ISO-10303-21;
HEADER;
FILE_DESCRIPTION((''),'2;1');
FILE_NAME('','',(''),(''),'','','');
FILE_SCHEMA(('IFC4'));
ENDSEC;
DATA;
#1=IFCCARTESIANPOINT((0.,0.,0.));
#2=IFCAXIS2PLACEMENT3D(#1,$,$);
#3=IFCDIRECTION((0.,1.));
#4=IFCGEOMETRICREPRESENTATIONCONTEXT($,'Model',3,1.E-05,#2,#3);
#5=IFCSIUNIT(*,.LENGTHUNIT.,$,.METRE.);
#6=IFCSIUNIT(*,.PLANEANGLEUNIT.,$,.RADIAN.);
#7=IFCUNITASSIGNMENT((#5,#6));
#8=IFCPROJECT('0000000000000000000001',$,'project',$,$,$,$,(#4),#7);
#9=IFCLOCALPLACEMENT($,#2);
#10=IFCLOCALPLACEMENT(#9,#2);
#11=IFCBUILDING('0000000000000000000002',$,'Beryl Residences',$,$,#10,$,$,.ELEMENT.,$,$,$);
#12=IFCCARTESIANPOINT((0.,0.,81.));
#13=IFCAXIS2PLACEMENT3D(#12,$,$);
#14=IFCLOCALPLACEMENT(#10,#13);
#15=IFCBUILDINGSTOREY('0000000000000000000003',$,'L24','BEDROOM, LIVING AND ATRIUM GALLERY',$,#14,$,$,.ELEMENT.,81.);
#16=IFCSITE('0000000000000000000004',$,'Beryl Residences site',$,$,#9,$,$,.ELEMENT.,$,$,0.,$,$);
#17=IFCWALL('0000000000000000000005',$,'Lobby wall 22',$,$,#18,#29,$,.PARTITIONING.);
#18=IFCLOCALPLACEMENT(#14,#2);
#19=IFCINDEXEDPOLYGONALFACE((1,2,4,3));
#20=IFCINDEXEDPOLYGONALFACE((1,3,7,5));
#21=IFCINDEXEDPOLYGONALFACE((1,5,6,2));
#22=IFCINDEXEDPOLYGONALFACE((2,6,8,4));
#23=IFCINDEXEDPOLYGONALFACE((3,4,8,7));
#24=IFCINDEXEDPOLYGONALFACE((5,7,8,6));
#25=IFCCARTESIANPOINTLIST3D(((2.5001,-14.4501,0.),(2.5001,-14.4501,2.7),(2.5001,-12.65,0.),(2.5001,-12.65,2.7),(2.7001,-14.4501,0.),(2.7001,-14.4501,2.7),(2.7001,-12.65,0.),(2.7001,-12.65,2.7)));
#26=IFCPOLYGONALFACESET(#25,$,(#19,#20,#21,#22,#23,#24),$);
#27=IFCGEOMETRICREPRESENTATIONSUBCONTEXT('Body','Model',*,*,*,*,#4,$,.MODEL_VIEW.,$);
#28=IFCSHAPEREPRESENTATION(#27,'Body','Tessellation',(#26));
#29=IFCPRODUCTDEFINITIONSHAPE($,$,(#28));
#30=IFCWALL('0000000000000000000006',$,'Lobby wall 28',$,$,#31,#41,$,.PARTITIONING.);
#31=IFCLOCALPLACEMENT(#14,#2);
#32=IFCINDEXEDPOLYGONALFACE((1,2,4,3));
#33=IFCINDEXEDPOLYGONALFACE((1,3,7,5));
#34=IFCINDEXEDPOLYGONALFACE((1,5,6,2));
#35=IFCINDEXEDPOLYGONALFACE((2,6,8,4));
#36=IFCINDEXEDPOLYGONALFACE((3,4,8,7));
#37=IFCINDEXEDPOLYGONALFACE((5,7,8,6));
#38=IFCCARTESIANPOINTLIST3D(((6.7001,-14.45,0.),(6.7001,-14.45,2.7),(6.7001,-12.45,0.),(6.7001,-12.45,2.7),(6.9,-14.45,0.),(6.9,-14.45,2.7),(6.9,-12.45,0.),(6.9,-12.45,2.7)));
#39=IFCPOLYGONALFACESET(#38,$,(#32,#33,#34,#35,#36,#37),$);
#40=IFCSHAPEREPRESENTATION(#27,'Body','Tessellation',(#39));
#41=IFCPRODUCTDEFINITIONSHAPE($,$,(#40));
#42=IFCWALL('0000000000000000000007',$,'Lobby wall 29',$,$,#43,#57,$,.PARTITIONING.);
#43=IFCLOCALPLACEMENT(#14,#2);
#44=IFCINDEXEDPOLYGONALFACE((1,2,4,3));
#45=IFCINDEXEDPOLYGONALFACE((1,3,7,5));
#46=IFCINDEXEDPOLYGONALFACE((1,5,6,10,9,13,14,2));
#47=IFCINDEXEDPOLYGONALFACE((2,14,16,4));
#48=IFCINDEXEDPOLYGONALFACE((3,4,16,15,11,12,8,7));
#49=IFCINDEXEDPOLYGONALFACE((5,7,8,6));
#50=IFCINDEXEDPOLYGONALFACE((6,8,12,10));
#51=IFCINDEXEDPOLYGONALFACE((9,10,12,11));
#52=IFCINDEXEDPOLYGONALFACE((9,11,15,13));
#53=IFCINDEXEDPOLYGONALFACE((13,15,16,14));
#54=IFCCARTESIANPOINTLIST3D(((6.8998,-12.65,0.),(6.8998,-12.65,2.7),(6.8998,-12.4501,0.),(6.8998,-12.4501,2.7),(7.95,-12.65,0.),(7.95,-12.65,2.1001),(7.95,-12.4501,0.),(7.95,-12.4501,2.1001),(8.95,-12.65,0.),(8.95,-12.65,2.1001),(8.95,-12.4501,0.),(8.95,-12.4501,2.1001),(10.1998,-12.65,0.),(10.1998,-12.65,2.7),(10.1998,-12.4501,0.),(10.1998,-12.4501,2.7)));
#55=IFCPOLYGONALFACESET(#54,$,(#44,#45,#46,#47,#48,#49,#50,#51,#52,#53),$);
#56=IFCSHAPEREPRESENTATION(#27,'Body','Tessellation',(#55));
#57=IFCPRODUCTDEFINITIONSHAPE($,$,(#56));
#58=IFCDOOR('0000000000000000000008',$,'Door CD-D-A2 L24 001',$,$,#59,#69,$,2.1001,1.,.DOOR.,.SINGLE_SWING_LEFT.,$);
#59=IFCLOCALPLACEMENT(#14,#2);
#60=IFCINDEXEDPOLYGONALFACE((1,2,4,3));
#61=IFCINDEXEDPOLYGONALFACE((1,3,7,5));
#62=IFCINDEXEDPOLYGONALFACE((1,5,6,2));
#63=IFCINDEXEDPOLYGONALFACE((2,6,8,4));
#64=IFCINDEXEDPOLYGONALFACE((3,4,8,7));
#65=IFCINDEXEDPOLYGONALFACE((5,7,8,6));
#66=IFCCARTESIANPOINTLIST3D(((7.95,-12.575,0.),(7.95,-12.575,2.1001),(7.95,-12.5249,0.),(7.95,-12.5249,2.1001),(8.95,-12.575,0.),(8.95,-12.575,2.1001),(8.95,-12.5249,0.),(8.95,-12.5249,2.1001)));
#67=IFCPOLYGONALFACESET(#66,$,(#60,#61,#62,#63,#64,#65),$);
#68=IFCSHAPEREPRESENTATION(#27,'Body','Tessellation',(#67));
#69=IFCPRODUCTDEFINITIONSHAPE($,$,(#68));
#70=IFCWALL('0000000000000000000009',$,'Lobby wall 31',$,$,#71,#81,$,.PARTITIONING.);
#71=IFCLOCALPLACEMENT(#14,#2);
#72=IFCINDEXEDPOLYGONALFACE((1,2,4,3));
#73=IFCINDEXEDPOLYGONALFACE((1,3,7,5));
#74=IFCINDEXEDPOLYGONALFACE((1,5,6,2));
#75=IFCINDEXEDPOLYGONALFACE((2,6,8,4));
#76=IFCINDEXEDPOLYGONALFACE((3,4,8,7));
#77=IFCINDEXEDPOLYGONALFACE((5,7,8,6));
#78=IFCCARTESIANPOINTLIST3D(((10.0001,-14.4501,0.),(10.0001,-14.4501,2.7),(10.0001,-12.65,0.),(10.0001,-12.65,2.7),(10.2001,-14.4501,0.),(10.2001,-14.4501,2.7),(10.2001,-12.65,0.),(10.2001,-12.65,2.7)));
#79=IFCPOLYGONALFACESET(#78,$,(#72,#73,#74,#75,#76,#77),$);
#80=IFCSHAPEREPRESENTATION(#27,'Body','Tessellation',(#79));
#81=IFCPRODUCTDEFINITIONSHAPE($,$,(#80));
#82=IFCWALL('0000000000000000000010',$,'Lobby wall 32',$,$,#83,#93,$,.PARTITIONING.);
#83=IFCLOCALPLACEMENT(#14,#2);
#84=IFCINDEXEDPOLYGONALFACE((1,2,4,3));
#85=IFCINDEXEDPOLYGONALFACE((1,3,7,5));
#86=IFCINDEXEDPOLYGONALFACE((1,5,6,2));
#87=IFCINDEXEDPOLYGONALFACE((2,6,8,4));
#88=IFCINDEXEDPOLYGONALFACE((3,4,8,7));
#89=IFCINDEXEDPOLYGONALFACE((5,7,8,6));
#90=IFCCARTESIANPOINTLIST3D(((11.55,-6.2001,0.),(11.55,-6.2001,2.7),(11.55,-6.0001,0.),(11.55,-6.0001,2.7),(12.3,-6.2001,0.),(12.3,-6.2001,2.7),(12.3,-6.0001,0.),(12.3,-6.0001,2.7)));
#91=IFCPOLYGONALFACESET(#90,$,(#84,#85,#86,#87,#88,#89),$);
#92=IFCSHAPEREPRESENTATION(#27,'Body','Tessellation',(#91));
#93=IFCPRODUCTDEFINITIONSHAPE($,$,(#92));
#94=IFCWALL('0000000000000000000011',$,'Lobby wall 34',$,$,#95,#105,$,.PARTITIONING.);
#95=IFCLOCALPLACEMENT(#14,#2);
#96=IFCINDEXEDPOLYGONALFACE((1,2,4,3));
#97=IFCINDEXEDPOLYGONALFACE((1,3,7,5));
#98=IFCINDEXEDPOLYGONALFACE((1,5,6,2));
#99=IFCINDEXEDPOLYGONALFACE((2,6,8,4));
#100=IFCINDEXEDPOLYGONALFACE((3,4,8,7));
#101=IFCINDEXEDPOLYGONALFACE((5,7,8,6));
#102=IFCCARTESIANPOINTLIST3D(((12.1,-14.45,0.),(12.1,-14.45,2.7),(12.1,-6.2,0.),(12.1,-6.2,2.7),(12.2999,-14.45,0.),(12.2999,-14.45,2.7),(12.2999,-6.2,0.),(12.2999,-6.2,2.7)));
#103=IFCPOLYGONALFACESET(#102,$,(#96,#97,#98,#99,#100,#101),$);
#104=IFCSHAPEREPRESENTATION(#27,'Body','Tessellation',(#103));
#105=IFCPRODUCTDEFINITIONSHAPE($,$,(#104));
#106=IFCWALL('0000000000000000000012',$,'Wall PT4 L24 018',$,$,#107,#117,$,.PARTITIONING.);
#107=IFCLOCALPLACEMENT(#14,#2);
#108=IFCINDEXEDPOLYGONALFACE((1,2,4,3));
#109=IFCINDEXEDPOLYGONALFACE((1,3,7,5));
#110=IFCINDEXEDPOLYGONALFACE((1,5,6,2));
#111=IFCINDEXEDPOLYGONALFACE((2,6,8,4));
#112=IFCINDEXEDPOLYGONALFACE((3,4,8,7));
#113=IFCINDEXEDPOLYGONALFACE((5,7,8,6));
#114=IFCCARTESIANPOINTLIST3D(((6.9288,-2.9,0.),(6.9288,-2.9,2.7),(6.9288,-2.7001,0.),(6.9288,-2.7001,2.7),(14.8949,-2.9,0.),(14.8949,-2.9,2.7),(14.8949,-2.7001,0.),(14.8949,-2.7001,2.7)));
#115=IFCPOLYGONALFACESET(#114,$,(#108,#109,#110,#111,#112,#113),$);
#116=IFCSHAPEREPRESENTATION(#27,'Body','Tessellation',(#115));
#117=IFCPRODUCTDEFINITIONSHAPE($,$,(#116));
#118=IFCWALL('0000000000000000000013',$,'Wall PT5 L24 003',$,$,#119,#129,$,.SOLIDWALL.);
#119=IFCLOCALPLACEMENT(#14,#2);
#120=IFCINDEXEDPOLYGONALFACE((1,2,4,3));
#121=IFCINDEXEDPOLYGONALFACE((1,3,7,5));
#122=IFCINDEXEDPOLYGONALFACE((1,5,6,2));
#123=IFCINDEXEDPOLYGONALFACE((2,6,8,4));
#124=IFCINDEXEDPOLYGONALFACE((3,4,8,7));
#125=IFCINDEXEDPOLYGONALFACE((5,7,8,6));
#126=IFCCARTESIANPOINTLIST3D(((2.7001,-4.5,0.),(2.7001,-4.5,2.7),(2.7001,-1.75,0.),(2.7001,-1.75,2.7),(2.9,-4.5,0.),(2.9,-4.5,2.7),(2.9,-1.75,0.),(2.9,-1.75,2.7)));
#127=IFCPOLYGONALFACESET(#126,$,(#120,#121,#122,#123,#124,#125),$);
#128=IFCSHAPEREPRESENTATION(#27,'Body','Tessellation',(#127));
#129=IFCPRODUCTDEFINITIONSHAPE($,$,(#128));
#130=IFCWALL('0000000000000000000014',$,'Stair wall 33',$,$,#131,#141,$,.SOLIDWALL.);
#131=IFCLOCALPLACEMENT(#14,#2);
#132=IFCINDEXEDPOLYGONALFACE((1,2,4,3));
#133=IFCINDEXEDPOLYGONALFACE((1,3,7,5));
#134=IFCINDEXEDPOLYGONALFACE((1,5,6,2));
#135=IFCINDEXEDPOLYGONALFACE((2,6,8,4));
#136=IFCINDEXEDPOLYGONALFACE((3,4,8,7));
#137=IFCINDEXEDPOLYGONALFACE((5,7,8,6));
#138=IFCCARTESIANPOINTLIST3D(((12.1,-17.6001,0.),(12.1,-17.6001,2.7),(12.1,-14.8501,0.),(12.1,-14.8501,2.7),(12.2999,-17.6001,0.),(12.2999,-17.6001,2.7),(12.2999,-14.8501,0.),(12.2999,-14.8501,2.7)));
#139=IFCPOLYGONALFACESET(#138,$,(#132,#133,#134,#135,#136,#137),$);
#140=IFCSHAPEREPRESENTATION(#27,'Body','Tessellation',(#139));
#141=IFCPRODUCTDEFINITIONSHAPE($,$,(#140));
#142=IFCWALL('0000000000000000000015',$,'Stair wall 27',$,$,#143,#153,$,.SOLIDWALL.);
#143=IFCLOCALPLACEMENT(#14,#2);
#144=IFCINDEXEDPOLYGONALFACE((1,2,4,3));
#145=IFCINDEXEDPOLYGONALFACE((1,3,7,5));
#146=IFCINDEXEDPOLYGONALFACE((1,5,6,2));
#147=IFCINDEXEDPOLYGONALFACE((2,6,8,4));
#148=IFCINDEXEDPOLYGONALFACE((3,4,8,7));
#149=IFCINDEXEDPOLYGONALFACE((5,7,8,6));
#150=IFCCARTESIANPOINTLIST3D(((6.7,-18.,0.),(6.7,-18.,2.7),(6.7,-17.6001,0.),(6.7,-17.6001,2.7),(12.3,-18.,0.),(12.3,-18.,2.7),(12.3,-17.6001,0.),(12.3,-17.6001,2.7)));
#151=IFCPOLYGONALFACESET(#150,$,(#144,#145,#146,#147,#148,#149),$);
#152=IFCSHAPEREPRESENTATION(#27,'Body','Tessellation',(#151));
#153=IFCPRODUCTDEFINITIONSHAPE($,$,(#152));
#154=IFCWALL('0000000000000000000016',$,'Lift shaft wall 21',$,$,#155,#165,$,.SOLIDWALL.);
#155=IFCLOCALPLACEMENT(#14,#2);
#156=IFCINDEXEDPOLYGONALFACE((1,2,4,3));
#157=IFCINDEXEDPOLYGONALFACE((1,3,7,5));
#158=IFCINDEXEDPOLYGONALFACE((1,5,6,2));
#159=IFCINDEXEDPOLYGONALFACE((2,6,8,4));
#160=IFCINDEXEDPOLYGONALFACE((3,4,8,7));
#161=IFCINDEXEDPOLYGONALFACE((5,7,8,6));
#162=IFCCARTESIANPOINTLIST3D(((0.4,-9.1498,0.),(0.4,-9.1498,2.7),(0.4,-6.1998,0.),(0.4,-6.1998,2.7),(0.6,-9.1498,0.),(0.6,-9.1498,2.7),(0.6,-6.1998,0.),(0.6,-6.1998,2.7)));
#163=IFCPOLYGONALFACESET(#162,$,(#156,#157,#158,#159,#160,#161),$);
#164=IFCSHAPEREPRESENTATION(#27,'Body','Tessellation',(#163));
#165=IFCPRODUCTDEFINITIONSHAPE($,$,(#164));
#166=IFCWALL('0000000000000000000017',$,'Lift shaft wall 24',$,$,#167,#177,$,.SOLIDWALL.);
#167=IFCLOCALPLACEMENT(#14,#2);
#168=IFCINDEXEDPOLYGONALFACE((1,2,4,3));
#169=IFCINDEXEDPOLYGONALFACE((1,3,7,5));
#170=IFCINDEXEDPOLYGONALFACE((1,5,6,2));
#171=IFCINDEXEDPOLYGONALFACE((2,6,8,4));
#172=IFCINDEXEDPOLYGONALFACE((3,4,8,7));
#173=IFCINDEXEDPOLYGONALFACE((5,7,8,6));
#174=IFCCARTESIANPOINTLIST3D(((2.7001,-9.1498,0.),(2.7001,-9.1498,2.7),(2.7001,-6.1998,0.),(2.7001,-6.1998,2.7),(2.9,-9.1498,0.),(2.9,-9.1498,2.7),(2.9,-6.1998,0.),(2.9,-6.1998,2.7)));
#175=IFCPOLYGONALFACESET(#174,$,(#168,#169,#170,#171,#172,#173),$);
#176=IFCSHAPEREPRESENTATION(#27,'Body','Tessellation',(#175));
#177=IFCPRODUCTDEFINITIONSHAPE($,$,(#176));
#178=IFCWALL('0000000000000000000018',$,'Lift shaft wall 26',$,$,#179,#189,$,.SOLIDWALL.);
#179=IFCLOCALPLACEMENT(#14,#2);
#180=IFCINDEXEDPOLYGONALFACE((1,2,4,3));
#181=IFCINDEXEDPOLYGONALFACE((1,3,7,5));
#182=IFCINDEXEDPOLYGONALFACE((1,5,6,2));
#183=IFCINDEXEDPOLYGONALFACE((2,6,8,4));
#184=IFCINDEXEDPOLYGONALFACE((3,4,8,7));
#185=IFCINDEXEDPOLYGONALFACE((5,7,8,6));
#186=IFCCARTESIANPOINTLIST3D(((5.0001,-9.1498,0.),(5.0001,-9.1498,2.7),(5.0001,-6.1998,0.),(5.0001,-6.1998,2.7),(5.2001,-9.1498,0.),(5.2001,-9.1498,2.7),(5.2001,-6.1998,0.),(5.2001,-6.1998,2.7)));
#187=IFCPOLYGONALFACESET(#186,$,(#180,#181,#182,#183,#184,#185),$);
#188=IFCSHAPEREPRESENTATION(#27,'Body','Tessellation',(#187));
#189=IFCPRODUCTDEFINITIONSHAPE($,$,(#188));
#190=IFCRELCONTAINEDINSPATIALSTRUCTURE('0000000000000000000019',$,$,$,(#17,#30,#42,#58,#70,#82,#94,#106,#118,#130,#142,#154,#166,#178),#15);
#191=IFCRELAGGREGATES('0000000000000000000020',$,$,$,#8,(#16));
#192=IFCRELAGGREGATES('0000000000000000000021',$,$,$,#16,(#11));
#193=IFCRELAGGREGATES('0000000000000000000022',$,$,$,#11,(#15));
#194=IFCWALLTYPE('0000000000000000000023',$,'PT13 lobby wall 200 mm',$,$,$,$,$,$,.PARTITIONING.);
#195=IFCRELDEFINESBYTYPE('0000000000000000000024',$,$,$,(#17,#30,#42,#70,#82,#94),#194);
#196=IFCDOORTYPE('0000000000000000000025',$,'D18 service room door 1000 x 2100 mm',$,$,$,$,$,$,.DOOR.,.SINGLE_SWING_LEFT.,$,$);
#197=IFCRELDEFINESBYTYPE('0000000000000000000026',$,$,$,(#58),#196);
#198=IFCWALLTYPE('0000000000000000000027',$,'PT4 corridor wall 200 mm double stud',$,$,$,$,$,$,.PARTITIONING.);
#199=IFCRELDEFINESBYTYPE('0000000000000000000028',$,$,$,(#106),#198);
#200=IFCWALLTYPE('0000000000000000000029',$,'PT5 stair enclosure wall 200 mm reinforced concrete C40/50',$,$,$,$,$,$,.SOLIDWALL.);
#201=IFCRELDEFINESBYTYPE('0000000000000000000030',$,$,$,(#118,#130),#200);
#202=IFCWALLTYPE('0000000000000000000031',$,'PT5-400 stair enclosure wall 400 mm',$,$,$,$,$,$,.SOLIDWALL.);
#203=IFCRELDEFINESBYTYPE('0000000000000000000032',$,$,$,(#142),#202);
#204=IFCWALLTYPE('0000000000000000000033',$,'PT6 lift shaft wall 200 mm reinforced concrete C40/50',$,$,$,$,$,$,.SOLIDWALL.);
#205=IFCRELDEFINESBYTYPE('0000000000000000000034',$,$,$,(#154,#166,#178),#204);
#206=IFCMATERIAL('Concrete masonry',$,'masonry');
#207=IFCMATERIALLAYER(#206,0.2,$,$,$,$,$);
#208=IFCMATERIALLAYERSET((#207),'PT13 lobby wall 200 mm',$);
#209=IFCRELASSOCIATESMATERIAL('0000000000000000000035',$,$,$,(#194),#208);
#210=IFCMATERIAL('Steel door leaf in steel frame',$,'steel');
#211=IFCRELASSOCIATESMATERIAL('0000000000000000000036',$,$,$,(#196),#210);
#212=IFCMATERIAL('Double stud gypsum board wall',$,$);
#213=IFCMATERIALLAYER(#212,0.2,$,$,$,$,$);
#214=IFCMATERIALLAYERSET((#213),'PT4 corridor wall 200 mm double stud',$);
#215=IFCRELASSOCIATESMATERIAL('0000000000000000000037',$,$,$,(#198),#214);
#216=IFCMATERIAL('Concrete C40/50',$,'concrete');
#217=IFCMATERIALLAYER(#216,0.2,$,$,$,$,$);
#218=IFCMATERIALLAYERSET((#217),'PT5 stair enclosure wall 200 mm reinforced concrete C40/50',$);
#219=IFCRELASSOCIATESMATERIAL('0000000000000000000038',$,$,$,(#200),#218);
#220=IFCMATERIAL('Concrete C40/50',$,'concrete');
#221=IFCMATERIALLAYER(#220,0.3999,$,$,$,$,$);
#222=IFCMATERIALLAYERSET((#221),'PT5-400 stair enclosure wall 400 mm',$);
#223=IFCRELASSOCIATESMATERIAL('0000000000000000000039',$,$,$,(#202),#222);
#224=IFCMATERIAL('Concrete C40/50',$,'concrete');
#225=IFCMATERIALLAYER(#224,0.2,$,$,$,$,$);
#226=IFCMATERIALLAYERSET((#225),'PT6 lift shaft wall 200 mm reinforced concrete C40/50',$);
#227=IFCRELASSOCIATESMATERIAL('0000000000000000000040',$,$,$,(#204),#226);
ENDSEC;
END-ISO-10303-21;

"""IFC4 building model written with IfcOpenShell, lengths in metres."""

from ifc_helpers import new_model, si_unit, direction, frame, frame_2d, origin, place, context, subcontext, project, spatial, rectangle, extrude, material, layer, layer_set, type_object, element, fill, save


model = new_model("IFC4")

# Units and contexts
model_context = context("Model", 3, precision=1e-05, world=origin(), true_north=direction((0.0, 1.0)))
body_context = subcontext(model_context, "Body", "Model", "MODEL_VIEW")
ifc_project = project(units=[si_unit("LENGTHUNIT", "METRE"), si_unit("PLANEANGLEUNIT", "RADIAN")], contexts=[model_context])

# Site, building, storey
site_placement = place(None, origin())
site = spatial("IfcSite", under=ifc_project, at=site_placement, Name="Beryl Residences site", CompositionType="ELEMENT", RefElevation=0.0)
building_placement = place(site_placement, origin())
building = spatial("IfcBuilding", under=site, at=building_placement, Name="Beryl Residences", CompositionType="ELEMENT")
storey_placement = place(building_placement, frame((0.0, 0.0, 81.0)))
storey = spatial("IfcBuildingStorey", under=building, at=storey_placement, Name="L24", Description="BEDROOM, LIVING AND ATRIUM GALLERY", CompositionType="ELEMENT", Elevation=81.0)

# Walls
ifc_material_1 = material(Name="Concrete masonry", Category="masonry")
ifc_layer_1 = layer(ifc_material_1, 0.2)
ifc_layer_set_1 = layer_set([ifc_layer_1], Name="PT13 lobby wall 200 mm")
wall_type_1 = type_object("IfcWallType", Name="PT13 lobby wall 200 mm", PredefinedType="PARTITIONING", material=ifc_layer_set_1)
wall_1_placement = place(storey_placement, frame((2.6001, -14.45, 0.0), z_axis=(0.0, 0.0, 1.0), x_axis=(0.0, 1.0, 0.0)))
element("IfcWall", 1, at=wall_1_placement, inside=storey, type_object=wall_type_1, Name="Lobby wall 22", PredefinedType="PARTITIONING", context=body_context, shape_type="SweptSolid", body=[
    extrude(rectangle(XDim=1.8, YDim=0.2, at=frame_2d((0.8999, 0.0))), origin(), (0.0, 0.0, 1.0), 2.7),
])
wall_2_placement = place(storey_placement, frame((6.8, -14.45, 0.0), z_axis=(0.0, 0.0, 1.0), x_axis=(0.0, 1.0, 0.0)))
element("IfcWall", 2, at=wall_2_placement, inside=storey, type_object=wall_type_1, Name="Lobby wall 28", PredefinedType="PARTITIONING", context=body_context, shape_type="SweptSolid", body=[
    extrude(rectangle(XDim=2.0, YDim=0.2, at=frame_2d((1.0, 0.0))), origin(), (0.0, 0.0, 1.0), 2.7),
])

# Wall, opening, door
wall_3_placement = place(storey_placement, frame((6.8999, -12.55, 0.0), z_axis=(0.0, 0.0, 1.0), x_axis=(1.0, 0.0, 0.0)))
wall_3 = element("IfcWall", 3, at=wall_3_placement, inside=storey, type_object=wall_type_1, Name="Lobby wall 29", PredefinedType="PARTITIONING", context=body_context, shape_type="SweptSolid", body=[
    extrude(rectangle(XDim=3.3, YDim=0.2, at=frame_2d((1.6499, 0.0))), origin(), (0.0, 0.0, 1.0), 2.7),
])
opening_placement = place(wall_3_placement, frame((2.05, 0.0, 0.0), z_axis=(0.0, 0.0, 1.0), x_axis=(-1.0, 0.0, 0.0)))
opening = element("IfcOpeningElement", 4, at=opening_placement, cuts=wall_3, PredefinedType="OPENING", context=body_context, shape_type="SweptSolid", body=[
    extrude(rectangle(XDim=1.0, YDim=2.1001, at=frame_2d((0.5, 1.05))), frame((0.0, 0.1099, 0.0), z_axis=(0.0, -1.0, 0.0), x_axis=(1.0, 0.0, 0.0)), (0.0, 0.0, 1.0), 0.22),
])
ifc_material_2 = material(Name="Steel door leaf in steel frame", Category="steel")
door_type = type_object("IfcDoorType", Name="D18 service room door 1000 x 2100 mm", OperationType="SINGLE_SWING_LEFT", PredefinedType="DOOR", material=ifc_material_2)
door_placement = place(opening_placement, origin())
door = element("IfcDoor", 5, at=door_placement, inside=storey, type_object=door_type, Name="Door CD-D-A2 L24 001", OperationType="SINGLE_SWING_LEFT", OverallHeight=2.1001, OverallWidth=1.0, PredefinedType="DOOR", context=body_context, shape_type="SweptSolid", body=[
    extrude(rectangle(XDim=1.0, YDim=2.1001, at=frame_2d((0.5, 1.05))), frame((0.0, 0.0249, 0.0), z_axis=(0.0, -1.0, 0.0), x_axis=(1.0, 0.0, 0.0)), (0.0, 0.0, 1.0), 0.05),
])
fill(opening, door)

# Walls
wall_4_placement = place(storey_placement, frame((10.1001, -14.45, 0.0), z_axis=(0.0, 0.0, 1.0), x_axis=(0.0, 1.0, 0.0)))
element("IfcWall", 6, at=wall_4_placement, inside=storey, type_object=wall_type_1, Name="Lobby wall 31", PredefinedType="PARTITIONING", context=body_context, shape_type="SweptSolid", body=[
    extrude(rectangle(XDim=1.8, YDim=0.2, at=frame_2d((0.8999, 0.0))), origin(), (0.0, 0.0, 1.0), 2.7),
])
wall_5_placement = place(storey_placement, frame((11.55, -6.1001, 0.0), z_axis=(0.0, 0.0, 1.0), x_axis=(1.0, 0.0, 0.0)))
element("IfcWall", 7, at=wall_5_placement, inside=storey, type_object=wall_type_1, Name="Lobby wall 32", PredefinedType="PARTITIONING", context=body_context, shape_type="SweptSolid", body=[
    extrude(rectangle(XDim=0.75, YDim=0.2, at=frame_2d((0.375, 0.0))), origin(), (0.0, 0.0, 1.0), 2.7),
])
wall_6_placement = place(storey_placement, frame((12.2, -14.45, 0.0), z_axis=(0.0, 0.0, 1.0), x_axis=(0.0, 1.0, 0.0)))
element("IfcWall", 8, at=wall_6_placement, inside=storey, type_object=wall_type_1, Name="Lobby wall 34", PredefinedType="PARTITIONING", context=body_context, shape_type="SweptSolid", body=[
    extrude(rectangle(XDim=8.25, YDim=0.2, at=frame_2d((4.125, 0.0))), origin(), (0.0, 0.0, 1.0), 2.7),
])
ifc_material_3 = material(Name="Double stud gypsum board wall")
ifc_layer_2 = layer(ifc_material_3, 0.2)
ifc_layer_set_2 = layer_set([ifc_layer_2], Name="PT4 corridor wall 200 mm double stud")
wall_type_2 = type_object("IfcWallType", Name="PT4 corridor wall 200 mm double stud", PredefinedType="PARTITIONING", material=ifc_layer_set_2)
wall_7_placement = place(storey_placement, frame((6.929, -2.8, 0.0), z_axis=(0.0, 0.0, 1.0), x_axis=(1.0, 0.0, 0.0)))
element("IfcWall", 9, at=wall_7_placement, inside=storey, type_object=wall_type_2, Name="Wall PT4 L24 018", PredefinedType="PARTITIONING", context=body_context, shape_type="SweptSolid", body=[
    extrude(rectangle(XDim=7.9661, YDim=0.2, at=frame_2d((3.9829, 0.0))), origin(), (0.0, 0.0, 1.0), 2.7),
])
ifc_material_4 = material(Name="Concrete C40/50", Category="concrete")
ifc_layer_3 = layer(ifc_material_4, 0.2)
ifc_layer_set_3 = layer_set([ifc_layer_3], Name="PT5 stair enclosure wall 200 mm reinforced concrete C40/50")
wall_type_3 = type_object("IfcWallType", Name="PT5 stair enclosure wall 200 mm reinforced concrete C40/50", PredefinedType="SOLIDWALL", material=ifc_layer_set_3)
for number, where, z_axis, x_axis, name in (
    (10, (2.8, -4.5, 0.0), (0.0, 0.0, 1.0), (0.0, 1.0, 0.0), "Wall PT5 L24 003"),
    (11, (12.2, -17.6001, 0.0), (0.0, 0.0, 1.0), (0.0, 1.0, 0.0), "Stair wall 33"),
):
    element("IfcWall", number, at=place(storey_placement, frame(where, z_axis=z_axis, x_axis=x_axis)), inside=storey, type_object=wall_type_3, Name=name, PredefinedType="SOLIDWALL", context=body_context, shape_type="SweptSolid", body=[
        extrude(rectangle(XDim=2.75, YDim=0.2, at=frame_2d((1.375, 0.0))), origin(), (0.0, 0.0, 1.0), 2.7),
    ])
ifc_material_5 = material(Name="Concrete C40/50", Category="concrete")
ifc_layer_4 = layer(ifc_material_5, 0.3999)
ifc_layer_set_4 = layer_set([ifc_layer_4], Name="PT5-400 stair enclosure wall 400 mm")
wall_type_4 = type_object("IfcWallType", Name="PT5-400 stair enclosure wall 400 mm", PredefinedType="SOLIDWALL", material=ifc_layer_set_4)
wall_8_placement = place(storey_placement, frame((6.7, -17.8, 0.0), z_axis=(0.0, 0.0, 1.0), x_axis=(1.0, 0.0, 0.0)))
element("IfcWall", 12, at=wall_8_placement, inside=storey, type_object=wall_type_4, Name="Stair wall 27", PredefinedType="SOLIDWALL", context=body_context, shape_type="SweptSolid", body=[
    extrude(rectangle(XDim=5.6001, YDim=0.3999, at=frame_2d((2.8, 0.0))), origin(), (0.0, 0.0, 1.0), 2.7),
])
ifc_material_6 = material(Name="Concrete C40/50", Category="concrete")
ifc_layer_5 = layer(ifc_material_6, 0.2)
ifc_layer_set_5 = layer_set([ifc_layer_5], Name="PT6 lift shaft wall 200 mm reinforced concrete C40/50")
wall_type_5 = type_object("IfcWallType", Name="PT6 lift shaft wall 200 mm reinforced concrete C40/50", PredefinedType="SOLIDWALL", material=ifc_layer_set_5)
for number, where, z_axis, x_axis, name in (
    (13, (0.5, -9.1499, 0.0), (0.0, 0.0, 1.0), (0.0, 1.0, 0.0), "Lift shaft wall 21"),
    (14, (2.8, -9.1499, 0.0), (0.0, 0.0, 1.0), (0.0, 1.0, 0.0), "Lift shaft wall 24"),
    (15, (5.1001, -9.1499, 0.0), (0.0, 0.0, 1.0), (0.0, 1.0, 0.0), "Lift shaft wall 26"),
):
    element("IfcWall", number, at=place(storey_placement, frame(where, z_axis=z_axis, x_axis=x_axis)), inside=storey, type_object=wall_type_5, Name=name, PredefinedType="SOLIDWALL", context=body_context, shape_type="SweptSolid", body=[
        extrude(rectangle(XDim=2.95, YDim=0.2, at=frame_2d((1.4751, 0.0))), origin(), (0.0, 0.0, 1.0), 2.7),
    ])

save(model, "model.ifc")
